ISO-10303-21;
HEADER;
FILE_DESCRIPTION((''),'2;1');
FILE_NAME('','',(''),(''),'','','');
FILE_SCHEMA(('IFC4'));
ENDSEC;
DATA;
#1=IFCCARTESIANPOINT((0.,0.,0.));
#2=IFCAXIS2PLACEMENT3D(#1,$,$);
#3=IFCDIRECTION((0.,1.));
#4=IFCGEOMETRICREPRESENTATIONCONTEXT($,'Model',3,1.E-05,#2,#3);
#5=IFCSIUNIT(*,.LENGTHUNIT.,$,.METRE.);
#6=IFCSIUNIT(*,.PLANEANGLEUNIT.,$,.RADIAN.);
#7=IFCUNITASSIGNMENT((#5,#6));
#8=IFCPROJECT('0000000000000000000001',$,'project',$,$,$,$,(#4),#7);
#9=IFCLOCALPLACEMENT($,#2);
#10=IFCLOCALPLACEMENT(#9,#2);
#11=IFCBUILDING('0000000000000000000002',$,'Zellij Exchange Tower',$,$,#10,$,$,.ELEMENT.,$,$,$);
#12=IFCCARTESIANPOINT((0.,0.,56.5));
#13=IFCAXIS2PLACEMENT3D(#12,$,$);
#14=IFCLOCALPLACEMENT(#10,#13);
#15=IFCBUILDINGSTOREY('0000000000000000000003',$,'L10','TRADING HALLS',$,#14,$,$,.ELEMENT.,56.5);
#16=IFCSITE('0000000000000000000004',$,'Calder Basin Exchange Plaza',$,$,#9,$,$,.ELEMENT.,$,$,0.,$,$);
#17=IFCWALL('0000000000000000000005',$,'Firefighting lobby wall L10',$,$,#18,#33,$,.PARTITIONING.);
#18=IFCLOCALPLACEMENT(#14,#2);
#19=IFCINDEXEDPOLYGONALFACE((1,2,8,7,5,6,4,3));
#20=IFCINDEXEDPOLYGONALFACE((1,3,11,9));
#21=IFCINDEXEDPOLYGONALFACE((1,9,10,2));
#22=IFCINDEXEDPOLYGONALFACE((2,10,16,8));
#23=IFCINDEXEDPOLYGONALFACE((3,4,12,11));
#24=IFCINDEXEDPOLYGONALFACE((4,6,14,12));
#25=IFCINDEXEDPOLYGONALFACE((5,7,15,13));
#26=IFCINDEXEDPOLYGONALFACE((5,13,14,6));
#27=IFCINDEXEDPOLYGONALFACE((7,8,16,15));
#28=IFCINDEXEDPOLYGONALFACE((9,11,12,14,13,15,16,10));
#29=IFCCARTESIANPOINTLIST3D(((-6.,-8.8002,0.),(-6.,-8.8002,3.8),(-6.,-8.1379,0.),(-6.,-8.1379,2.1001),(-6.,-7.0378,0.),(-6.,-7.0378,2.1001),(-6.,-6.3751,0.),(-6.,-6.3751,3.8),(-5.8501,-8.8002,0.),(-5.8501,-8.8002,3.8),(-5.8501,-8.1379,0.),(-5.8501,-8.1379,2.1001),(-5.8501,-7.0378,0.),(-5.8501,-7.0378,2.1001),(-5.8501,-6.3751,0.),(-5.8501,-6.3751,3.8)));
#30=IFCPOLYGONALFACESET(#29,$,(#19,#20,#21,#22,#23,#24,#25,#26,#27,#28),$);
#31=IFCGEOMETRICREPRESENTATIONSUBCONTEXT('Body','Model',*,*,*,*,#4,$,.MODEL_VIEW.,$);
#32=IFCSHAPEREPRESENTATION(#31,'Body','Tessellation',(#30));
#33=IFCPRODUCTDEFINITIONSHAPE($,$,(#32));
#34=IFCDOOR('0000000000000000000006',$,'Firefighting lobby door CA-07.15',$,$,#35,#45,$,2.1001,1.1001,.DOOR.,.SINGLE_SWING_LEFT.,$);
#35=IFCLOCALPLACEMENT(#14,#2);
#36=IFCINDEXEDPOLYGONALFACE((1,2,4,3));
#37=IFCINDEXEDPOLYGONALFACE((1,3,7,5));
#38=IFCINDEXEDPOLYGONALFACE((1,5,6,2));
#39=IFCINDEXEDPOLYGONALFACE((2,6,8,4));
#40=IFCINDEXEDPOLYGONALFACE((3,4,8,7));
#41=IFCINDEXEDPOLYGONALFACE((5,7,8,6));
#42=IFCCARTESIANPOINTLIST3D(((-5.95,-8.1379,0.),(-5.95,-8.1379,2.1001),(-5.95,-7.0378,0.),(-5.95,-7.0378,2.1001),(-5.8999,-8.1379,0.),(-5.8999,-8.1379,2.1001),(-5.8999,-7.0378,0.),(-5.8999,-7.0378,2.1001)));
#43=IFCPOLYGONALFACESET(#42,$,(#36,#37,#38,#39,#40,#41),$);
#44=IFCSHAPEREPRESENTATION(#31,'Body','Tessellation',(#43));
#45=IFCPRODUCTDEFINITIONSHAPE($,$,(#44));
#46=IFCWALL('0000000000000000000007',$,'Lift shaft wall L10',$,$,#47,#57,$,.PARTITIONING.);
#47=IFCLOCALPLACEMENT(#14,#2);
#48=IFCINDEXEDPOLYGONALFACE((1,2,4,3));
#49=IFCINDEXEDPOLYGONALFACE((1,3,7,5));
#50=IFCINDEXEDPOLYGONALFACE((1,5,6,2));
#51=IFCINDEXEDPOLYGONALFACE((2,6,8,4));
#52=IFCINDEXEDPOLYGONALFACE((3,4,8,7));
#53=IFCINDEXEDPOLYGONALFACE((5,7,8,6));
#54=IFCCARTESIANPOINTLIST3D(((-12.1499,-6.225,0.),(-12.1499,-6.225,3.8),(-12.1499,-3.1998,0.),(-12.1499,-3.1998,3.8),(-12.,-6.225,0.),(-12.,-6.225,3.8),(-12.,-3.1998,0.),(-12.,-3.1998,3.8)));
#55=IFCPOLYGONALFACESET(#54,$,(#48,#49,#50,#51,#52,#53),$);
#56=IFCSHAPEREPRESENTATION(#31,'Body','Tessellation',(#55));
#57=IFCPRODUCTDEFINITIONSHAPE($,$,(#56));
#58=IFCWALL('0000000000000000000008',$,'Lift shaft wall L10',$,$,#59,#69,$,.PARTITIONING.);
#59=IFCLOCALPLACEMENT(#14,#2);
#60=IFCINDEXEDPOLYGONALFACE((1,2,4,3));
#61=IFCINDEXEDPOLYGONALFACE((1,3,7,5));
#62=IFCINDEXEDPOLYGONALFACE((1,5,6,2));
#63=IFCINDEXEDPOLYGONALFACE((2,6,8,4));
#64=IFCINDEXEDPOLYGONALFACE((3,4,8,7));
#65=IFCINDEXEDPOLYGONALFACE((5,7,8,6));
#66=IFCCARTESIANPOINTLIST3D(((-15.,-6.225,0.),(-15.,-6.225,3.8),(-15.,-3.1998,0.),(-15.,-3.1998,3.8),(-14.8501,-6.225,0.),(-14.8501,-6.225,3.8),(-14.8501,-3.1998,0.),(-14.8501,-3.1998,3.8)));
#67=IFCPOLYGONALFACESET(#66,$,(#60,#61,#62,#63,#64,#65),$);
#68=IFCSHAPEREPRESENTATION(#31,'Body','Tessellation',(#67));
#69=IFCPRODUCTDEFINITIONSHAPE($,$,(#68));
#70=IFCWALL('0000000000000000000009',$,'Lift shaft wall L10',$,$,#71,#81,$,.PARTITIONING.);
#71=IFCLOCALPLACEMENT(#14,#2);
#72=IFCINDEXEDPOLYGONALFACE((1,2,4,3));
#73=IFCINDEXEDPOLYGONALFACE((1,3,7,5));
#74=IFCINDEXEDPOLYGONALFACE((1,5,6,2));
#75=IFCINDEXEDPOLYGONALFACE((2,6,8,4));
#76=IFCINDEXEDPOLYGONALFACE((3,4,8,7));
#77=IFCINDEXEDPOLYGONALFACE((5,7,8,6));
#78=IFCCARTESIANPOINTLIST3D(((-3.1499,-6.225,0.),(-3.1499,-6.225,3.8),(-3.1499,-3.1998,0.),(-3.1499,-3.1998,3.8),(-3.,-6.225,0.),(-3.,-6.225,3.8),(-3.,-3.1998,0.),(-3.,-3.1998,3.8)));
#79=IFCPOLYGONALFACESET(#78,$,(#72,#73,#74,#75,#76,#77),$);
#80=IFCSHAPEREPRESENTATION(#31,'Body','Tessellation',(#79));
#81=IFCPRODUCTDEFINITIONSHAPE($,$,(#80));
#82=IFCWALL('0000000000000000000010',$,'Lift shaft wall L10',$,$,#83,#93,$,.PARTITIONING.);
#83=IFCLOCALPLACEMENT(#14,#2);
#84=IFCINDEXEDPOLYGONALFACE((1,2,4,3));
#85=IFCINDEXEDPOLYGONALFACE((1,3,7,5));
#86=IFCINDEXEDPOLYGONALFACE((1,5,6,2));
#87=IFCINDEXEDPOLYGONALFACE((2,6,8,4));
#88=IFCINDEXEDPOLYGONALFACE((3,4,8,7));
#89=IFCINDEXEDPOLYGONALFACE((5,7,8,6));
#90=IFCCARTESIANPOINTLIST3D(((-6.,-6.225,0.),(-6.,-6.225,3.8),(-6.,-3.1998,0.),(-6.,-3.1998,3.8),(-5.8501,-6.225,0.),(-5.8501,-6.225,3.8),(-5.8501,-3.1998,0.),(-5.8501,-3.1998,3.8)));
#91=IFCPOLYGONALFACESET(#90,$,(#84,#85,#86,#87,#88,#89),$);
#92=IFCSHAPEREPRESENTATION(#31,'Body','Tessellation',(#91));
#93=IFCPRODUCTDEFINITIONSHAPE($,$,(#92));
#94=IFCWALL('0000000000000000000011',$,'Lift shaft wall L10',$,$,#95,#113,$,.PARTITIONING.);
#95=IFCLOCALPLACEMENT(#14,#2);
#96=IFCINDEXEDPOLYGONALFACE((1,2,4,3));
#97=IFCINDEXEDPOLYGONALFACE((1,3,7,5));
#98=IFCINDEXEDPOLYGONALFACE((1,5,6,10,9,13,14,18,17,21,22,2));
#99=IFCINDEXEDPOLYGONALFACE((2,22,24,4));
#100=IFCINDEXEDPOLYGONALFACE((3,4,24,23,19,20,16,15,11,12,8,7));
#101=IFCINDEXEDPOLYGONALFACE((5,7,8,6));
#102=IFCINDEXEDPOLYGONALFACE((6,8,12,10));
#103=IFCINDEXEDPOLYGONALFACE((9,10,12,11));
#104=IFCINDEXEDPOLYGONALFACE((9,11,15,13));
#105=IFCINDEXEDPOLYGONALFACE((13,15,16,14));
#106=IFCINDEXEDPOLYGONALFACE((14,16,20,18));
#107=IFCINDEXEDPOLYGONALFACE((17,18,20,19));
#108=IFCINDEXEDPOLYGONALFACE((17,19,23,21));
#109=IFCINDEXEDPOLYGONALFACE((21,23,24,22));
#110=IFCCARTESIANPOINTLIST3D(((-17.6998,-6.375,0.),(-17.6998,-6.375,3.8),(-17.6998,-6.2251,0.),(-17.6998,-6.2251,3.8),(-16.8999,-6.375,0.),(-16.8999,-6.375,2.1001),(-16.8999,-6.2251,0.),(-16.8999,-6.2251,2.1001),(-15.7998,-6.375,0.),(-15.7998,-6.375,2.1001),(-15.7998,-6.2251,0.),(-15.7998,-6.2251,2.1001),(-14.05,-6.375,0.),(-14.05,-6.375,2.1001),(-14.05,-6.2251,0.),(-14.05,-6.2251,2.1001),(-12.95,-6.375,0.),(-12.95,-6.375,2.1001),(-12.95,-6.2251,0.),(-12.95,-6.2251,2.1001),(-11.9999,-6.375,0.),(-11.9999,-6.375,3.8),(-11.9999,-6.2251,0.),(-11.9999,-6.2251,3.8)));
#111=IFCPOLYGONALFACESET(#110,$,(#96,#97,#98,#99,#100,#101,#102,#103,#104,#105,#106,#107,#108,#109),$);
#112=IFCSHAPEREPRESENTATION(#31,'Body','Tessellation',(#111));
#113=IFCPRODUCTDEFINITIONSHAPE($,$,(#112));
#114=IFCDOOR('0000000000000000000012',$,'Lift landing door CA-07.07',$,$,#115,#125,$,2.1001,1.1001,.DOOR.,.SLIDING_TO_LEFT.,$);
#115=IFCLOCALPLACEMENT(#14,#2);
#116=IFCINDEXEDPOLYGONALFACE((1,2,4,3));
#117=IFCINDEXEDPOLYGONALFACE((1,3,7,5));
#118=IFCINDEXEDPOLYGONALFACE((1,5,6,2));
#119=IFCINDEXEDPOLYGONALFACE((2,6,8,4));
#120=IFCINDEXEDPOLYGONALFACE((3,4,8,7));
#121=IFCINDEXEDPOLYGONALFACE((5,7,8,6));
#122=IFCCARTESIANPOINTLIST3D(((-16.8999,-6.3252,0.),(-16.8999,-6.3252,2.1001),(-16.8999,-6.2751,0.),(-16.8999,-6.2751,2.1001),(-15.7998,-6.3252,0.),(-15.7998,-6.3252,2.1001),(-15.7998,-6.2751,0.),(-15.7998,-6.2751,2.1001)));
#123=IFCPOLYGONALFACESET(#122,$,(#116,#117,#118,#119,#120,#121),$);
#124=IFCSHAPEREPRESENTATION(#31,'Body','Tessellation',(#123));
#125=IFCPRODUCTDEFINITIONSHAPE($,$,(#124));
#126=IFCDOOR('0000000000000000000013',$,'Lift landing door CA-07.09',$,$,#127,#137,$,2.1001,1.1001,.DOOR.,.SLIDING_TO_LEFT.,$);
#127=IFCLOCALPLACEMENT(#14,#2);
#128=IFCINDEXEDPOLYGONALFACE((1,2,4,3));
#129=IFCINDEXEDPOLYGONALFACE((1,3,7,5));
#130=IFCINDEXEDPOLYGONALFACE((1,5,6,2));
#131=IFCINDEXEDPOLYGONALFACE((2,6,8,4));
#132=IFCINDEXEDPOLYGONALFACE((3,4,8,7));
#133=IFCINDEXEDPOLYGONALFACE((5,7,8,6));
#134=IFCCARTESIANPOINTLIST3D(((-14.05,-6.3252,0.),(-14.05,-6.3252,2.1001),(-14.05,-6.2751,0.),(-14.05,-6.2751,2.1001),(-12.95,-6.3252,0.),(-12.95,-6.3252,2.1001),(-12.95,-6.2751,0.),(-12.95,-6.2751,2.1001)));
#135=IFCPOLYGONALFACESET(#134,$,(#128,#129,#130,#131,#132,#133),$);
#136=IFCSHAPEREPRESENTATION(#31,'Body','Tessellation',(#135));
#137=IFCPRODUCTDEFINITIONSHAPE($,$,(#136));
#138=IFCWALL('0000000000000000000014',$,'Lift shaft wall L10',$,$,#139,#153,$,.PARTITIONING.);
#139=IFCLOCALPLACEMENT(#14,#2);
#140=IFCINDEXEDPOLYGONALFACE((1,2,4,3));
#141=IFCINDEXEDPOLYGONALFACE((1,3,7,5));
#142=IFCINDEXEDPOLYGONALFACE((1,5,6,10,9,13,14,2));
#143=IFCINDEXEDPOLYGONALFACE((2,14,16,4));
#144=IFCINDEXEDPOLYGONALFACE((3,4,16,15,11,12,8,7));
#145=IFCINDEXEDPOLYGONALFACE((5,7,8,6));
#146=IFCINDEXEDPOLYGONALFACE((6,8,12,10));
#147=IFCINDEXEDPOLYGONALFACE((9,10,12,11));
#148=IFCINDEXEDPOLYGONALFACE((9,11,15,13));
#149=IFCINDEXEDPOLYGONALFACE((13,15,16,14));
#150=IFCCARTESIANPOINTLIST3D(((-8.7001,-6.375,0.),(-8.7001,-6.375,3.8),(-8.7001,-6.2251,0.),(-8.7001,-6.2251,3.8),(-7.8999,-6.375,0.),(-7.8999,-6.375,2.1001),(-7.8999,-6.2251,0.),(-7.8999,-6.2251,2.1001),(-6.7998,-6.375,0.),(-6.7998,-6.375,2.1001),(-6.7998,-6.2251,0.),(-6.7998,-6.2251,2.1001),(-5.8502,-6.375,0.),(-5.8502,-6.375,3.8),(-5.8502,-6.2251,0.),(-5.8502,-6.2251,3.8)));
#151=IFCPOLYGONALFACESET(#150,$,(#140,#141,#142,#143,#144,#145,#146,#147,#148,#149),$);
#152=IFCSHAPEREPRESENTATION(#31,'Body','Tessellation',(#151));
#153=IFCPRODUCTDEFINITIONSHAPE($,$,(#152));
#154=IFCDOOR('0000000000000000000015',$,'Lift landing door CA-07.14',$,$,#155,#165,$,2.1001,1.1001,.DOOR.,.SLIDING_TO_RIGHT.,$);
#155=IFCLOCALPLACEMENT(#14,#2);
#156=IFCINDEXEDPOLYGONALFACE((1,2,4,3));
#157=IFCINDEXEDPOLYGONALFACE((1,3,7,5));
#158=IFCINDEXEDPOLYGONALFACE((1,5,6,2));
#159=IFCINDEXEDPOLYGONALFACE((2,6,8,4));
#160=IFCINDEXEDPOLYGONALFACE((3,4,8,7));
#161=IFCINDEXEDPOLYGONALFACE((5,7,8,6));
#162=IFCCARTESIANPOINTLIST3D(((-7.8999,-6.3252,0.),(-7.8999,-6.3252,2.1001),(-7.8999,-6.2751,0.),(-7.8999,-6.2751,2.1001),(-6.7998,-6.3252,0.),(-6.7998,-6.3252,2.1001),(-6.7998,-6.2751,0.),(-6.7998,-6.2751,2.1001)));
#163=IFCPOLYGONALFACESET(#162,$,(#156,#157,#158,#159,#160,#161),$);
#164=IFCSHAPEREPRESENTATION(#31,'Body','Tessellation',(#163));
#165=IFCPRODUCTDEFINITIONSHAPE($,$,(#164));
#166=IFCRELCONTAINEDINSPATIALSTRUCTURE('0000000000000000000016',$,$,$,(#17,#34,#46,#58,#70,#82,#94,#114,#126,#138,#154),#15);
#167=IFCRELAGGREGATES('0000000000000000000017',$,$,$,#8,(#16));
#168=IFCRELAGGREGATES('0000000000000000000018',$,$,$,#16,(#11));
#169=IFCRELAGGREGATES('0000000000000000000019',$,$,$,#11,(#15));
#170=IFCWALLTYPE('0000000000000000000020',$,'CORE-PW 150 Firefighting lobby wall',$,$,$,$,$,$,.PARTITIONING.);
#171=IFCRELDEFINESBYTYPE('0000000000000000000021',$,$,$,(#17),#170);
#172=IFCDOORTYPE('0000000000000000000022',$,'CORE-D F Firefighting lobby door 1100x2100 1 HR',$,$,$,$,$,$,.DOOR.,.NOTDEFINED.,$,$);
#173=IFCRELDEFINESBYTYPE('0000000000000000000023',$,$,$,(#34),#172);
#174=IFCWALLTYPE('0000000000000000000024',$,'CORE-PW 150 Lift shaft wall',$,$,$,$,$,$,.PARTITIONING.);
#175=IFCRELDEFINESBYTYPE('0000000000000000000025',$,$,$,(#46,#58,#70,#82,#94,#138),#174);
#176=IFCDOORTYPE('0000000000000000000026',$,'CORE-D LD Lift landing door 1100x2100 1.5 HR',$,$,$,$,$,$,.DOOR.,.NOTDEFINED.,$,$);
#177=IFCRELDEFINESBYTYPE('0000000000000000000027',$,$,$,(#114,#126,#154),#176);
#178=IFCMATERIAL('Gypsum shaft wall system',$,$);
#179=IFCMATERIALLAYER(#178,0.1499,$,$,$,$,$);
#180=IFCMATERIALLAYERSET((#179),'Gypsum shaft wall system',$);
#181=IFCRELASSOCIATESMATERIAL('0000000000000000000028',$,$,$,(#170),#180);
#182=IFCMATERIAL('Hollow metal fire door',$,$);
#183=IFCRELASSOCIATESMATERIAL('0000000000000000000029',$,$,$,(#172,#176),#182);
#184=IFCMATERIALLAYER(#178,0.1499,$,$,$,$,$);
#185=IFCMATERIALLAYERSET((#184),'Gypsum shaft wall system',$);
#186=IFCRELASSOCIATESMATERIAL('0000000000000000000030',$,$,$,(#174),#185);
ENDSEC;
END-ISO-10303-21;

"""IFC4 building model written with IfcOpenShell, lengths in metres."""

from ifc_helpers import new_model, si_unit, direction, frame, frame_2d, origin, place, context, subcontext, project, spatial, rectangle, extrude, material, layer, layer_set, type_object, element, fill, save


model = new_model("IFC4")

# Units and contexts
model_context = context("Model", 3, precision=1e-05, world=origin(), true_north=direction((0.0, 1.0)))
body_context = subcontext(model_context, "Body", "Model", "MODEL_VIEW")
ifc_project = project(units=[si_unit("LENGTHUNIT", "METRE"), si_unit("PLANEANGLEUNIT", "RADIAN")], contexts=[model_context])

# Site, building, storey
site_placement = place(None, origin())
site = spatial("IfcSite", under=ifc_project, at=site_placement, Name="Calder Basin Exchange Plaza", CompositionType="ELEMENT", RefElevation=0.0)
building_placement = place(site_placement, origin())
building = spatial("IfcBuilding", under=site, at=building_placement, Name="Zellij Exchange Tower", CompositionType="ELEMENT")
storey_placement = place(building_placement, frame((0.0, 0.0, 56.5)))
storey = spatial("IfcBuildingStorey", under=building, at=storey_placement, Name="L10", Description="TRADING HALLS", CompositionType="ELEMENT", Elevation=56.5)

# Wall, opening, door
ifc_material_1 = material(Name="Gypsum shaft wall system")
ifc_layer_1 = layer(ifc_material_1, 0.1499)
ifc_layer_set_1 = layer_set([ifc_layer_1], Name="Gypsum shaft wall system")
wall_type_1 = type_object("IfcWallType", Name="CORE-PW 150 Firefighting lobby wall", PredefinedType="PARTITIONING", material=ifc_layer_set_1)
wall_1_placement = place(storey_placement, frame((-5.925, -8.8, 0.0), z_axis=(0.0, 0.0, 1.0), x_axis=(0.0, 1.0, 0.0)))
wall_1 = element("IfcWall", 1, at=wall_1_placement, inside=storey, type_object=wall_type_1, Name="Firefighting lobby wall L10", PredefinedType="PARTITIONING", context=body_context, shape_type="SweptSolid", body=[
    extrude(rectangle(XDim=2.425, YDim=0.1499, at=frame_2d((1.2124, 0.0))), origin(), (0.0, 0.0, 1.0), 3.8),
])
opening_1_placement = place(wall_1_placement, frame((0.6621, 0.0, 0.0)))
opening_1 = element("IfcOpeningElement", 2, at=opening_1_placement, cuts=wall_1, PredefinedType="OPENING", context=body_context, shape_type="SweptSolid", body=[
    extrude(rectangle(XDim=1.1001, YDim=2.1001, at=frame_2d((0.55, 1.05))), frame((0.0, 0.0869, 0.0), z_axis=(0.0, -1.0, 0.0), x_axis=(1.0, 0.0, 0.0)), (0.0, 0.0, 1.0), 0.1738),
])
ifc_material_2 = material(Name="Hollow metal fire door")
door_type_1 = type_object("IfcDoorType", Name="CORE-D F Firefighting lobby door 1100x2100 1 HR", OperationType="NOTDEFINED", PredefinedType="DOOR", material=ifc_material_2)
door_1_placement = place(opening_1_placement, origin())
door_1 = element("IfcDoor", 3, at=door_1_placement, inside=storey, type_object=door_type_1, Name="Firefighting lobby door CA-07.15", OperationType="SINGLE_SWING_LEFT", OverallHeight=2.1001, OverallWidth=1.1001, PredefinedType="DOOR", context=body_context, shape_type="SweptSolid", body=[
    extrude(rectangle(XDim=1.1001, YDim=2.1001, at=frame_2d((0.55, 1.05))), frame((0.0, 0.0249, 0.0), z_axis=(0.0, -1.0, 0.0), x_axis=(1.0, 0.0, 0.0)), (0.0, 0.0, 1.0), 0.05),
])
fill(opening_1, door_1)

# Walls
ifc_layer_2 = layer(ifc_material_1, 0.1499)
ifc_layer_set_2 = layer_set([ifc_layer_2], Name="Gypsum shaft wall system")
wall_type_2 = type_object("IfcWallType", Name="CORE-PW 150 Lift shaft wall", PredefinedType="PARTITIONING", material=ifc_layer_set_2)
for number, where, z_axis, x_axis, name in (
    (4, (-12.075, -6.2251, 0.0), (0.0, 0.0, 1.0), (0.0, 1.0, 0.0), "Lift shaft wall L10"),
    (5, (-14.925, -6.2251, 0.0), (0.0, 0.0, 1.0), (0.0, 1.0, 0.0), "Lift shaft wall L10"),
    (6, (-3.075, -6.2251, 0.0), (0.0, 0.0, 1.0), (0.0, 1.0, 0.0), "Lift shaft wall L10"),
    (7, (-5.925, -6.2251, 0.0), (0.0, 0.0, 1.0), (0.0, 1.0, 0.0), "Lift shaft wall L10"),
):
    element("IfcWall", number, at=place(storey_placement, frame(where, z_axis=z_axis, x_axis=x_axis)), inside=storey, type_object=wall_type_2, Name=name, PredefinedType="PARTITIONING", context=body_context, shape_type="SweptSolid", body=[
        extrude(rectangle(XDim=3.0251, YDim=0.1499, at=frame_2d((1.5127, 0.0))), origin(), (0.0, 0.0, 1.0), 3.8),
    ])

# Wall, openings, doors
wall_2_placement = place(storey_placement, frame((-17.7, -6.3, 0.0), z_axis=(0.0, 0.0, 1.0), x_axis=(1.0, 0.0, 0.0)))
wall_2 = element("IfcWall", 8, at=wall_2_placement, inside=storey, type_object=wall_type_2, Name="Lift shaft wall L10", PredefinedType="PARTITIONING", context=body_context, shape_type="SweptSolid", body=[
    extrude(rectangle(XDim=5.7, YDim=0.1499, at=frame_2d((2.8501, 0.0))), origin(), (0.0, 0.0, 1.0), 3.8),
])
opening_2_placement = place(wall_2_placement, frame((0.8, 0.0, 0.0)))
opening_2 = element("IfcOpeningElement", 9, at=opening_2_placement, cuts=wall_2, PredefinedType="OPENING", context=body_context, shape_type="SweptSolid", body=[
    extrude(rectangle(XDim=1.1001, YDim=2.1001, at=frame_2d((0.55, 1.05))), frame((0.0, 0.0869, 0.0), z_axis=(0.0, -1.0, 0.0), x_axis=(1.0, 0.0, 0.0)), (0.0, 0.0, 1.0), 0.1738),
])
opening_3_placement = place(wall_2_placement, frame((3.6499, 0.0, 0.0)))
opening_3 = element("IfcOpeningElement", 10, at=opening_3_placement, cuts=wall_2, PredefinedType="OPENING", context=body_context, shape_type="SweptSolid", body=[
    extrude(rectangle(XDim=1.1001, YDim=2.1001, at=frame_2d((0.55, 1.05))), frame((0.0, 0.0869, 0.0), z_axis=(0.0, -1.0, 0.0), x_axis=(1.0, 0.0, 0.0)), (0.0, 0.0, 1.0), 0.1738),
])
door_type_2 = type_object("IfcDoorType", Name="CORE-D LD Lift landing door 1100x2100 1.5 HR", OperationType="NOTDEFINED", PredefinedType="DOOR", material=ifc_material_2)
door_2_placement = place(opening_2_placement, origin())
door_2 = element("IfcDoor", 11, at=door_2_placement, inside=storey, type_object=door_type_2, Name="Lift landing door CA-07.07", OperationType="SLIDING_TO_LEFT", OverallHeight=2.1001, OverallWidth=1.1001, PredefinedType="DOOR", context=body_context, shape_type="SweptSolid", body=[
    extrude(rectangle(XDim=1.1001, YDim=2.1001, at=frame_2d((0.55, 1.05))), frame((0.0, 0.0249, 0.0), z_axis=(0.0, -1.0, 0.0), x_axis=(1.0, 0.0, 0.0)), (0.0, 0.0, 1.0), 0.05),
])
fill(opening_2, door_2)
door_3_placement = place(opening_3_placement, origin())
door_3 = element("IfcDoor", 12, at=door_3_placement, inside=storey, type_object=door_type_2, Name="Lift landing door CA-07.09", OperationType="SLIDING_TO_LEFT", OverallHeight=2.1001, OverallWidth=1.1001, PredefinedType="DOOR", context=body_context, shape_type="SweptSolid", body=[
    extrude(rectangle(XDim=1.1001, YDim=2.1001, at=frame_2d((0.55, 1.05))), frame((0.0, 0.0249, 0.0), z_axis=(0.0, -1.0, 0.0), x_axis=(1.0, 0.0, 0.0)), (0.0, 0.0, 1.0), 0.05),
])
fill(opening_3, door_3)

# Wall, opening, door
wall_3_placement = place(storey_placement, frame((-8.7, -6.3, 0.0), z_axis=(0.0, 0.0, 1.0), x_axis=(1.0, 0.0, 0.0)))
wall_3 = element("IfcWall", 13, at=wall_3_placement, inside=storey, type_object=wall_type_2, Name="Lift shaft wall L10", PredefinedType="PARTITIONING", context=body_context, shape_type="SweptSolid", body=[
    extrude(rectangle(XDim=2.8499, YDim=0.1499, at=frame_2d((1.4248, 0.0))), origin(), (0.0, 0.0, 1.0), 3.8),
])
opening_4_placement = place(wall_3_placement, frame((0.8, 0.0, 0.0)))
opening_4 = element("IfcOpeningElement", 14, at=opening_4_placement, cuts=wall_3, PredefinedType="OPENING", context=body_context, shape_type="SweptSolid", body=[
    extrude(rectangle(XDim=1.1001, YDim=2.1001, at=frame_2d((0.55, 1.05))), frame((0.0, 0.0869, 0.0), z_axis=(0.0, -1.0, 0.0), x_axis=(1.0, 0.0, 0.0)), (0.0, 0.0, 1.0), 0.1738),
])
door_4_placement = place(opening_4_placement, origin())
door_4 = element("IfcDoor", 15, at=door_4_placement, inside=storey, type_object=door_type_2, Name="Lift landing door CA-07.14", OperationType="SLIDING_TO_RIGHT", OverallHeight=2.1001, OverallWidth=1.1001, PredefinedType="DOOR", context=body_context, shape_type="SweptSolid", body=[
    extrude(rectangle(XDim=1.1001, YDim=2.1001, at=frame_2d((0.55, 1.05))), frame((0.0, 0.0249, 0.0), z_axis=(0.0, -1.0, 0.0), x_axis=(1.0, 0.0, 0.0)), (0.0, 0.0, 1.0), 0.05),
])
fill(opening_4, door_4)

save(model, "model.ifc")
